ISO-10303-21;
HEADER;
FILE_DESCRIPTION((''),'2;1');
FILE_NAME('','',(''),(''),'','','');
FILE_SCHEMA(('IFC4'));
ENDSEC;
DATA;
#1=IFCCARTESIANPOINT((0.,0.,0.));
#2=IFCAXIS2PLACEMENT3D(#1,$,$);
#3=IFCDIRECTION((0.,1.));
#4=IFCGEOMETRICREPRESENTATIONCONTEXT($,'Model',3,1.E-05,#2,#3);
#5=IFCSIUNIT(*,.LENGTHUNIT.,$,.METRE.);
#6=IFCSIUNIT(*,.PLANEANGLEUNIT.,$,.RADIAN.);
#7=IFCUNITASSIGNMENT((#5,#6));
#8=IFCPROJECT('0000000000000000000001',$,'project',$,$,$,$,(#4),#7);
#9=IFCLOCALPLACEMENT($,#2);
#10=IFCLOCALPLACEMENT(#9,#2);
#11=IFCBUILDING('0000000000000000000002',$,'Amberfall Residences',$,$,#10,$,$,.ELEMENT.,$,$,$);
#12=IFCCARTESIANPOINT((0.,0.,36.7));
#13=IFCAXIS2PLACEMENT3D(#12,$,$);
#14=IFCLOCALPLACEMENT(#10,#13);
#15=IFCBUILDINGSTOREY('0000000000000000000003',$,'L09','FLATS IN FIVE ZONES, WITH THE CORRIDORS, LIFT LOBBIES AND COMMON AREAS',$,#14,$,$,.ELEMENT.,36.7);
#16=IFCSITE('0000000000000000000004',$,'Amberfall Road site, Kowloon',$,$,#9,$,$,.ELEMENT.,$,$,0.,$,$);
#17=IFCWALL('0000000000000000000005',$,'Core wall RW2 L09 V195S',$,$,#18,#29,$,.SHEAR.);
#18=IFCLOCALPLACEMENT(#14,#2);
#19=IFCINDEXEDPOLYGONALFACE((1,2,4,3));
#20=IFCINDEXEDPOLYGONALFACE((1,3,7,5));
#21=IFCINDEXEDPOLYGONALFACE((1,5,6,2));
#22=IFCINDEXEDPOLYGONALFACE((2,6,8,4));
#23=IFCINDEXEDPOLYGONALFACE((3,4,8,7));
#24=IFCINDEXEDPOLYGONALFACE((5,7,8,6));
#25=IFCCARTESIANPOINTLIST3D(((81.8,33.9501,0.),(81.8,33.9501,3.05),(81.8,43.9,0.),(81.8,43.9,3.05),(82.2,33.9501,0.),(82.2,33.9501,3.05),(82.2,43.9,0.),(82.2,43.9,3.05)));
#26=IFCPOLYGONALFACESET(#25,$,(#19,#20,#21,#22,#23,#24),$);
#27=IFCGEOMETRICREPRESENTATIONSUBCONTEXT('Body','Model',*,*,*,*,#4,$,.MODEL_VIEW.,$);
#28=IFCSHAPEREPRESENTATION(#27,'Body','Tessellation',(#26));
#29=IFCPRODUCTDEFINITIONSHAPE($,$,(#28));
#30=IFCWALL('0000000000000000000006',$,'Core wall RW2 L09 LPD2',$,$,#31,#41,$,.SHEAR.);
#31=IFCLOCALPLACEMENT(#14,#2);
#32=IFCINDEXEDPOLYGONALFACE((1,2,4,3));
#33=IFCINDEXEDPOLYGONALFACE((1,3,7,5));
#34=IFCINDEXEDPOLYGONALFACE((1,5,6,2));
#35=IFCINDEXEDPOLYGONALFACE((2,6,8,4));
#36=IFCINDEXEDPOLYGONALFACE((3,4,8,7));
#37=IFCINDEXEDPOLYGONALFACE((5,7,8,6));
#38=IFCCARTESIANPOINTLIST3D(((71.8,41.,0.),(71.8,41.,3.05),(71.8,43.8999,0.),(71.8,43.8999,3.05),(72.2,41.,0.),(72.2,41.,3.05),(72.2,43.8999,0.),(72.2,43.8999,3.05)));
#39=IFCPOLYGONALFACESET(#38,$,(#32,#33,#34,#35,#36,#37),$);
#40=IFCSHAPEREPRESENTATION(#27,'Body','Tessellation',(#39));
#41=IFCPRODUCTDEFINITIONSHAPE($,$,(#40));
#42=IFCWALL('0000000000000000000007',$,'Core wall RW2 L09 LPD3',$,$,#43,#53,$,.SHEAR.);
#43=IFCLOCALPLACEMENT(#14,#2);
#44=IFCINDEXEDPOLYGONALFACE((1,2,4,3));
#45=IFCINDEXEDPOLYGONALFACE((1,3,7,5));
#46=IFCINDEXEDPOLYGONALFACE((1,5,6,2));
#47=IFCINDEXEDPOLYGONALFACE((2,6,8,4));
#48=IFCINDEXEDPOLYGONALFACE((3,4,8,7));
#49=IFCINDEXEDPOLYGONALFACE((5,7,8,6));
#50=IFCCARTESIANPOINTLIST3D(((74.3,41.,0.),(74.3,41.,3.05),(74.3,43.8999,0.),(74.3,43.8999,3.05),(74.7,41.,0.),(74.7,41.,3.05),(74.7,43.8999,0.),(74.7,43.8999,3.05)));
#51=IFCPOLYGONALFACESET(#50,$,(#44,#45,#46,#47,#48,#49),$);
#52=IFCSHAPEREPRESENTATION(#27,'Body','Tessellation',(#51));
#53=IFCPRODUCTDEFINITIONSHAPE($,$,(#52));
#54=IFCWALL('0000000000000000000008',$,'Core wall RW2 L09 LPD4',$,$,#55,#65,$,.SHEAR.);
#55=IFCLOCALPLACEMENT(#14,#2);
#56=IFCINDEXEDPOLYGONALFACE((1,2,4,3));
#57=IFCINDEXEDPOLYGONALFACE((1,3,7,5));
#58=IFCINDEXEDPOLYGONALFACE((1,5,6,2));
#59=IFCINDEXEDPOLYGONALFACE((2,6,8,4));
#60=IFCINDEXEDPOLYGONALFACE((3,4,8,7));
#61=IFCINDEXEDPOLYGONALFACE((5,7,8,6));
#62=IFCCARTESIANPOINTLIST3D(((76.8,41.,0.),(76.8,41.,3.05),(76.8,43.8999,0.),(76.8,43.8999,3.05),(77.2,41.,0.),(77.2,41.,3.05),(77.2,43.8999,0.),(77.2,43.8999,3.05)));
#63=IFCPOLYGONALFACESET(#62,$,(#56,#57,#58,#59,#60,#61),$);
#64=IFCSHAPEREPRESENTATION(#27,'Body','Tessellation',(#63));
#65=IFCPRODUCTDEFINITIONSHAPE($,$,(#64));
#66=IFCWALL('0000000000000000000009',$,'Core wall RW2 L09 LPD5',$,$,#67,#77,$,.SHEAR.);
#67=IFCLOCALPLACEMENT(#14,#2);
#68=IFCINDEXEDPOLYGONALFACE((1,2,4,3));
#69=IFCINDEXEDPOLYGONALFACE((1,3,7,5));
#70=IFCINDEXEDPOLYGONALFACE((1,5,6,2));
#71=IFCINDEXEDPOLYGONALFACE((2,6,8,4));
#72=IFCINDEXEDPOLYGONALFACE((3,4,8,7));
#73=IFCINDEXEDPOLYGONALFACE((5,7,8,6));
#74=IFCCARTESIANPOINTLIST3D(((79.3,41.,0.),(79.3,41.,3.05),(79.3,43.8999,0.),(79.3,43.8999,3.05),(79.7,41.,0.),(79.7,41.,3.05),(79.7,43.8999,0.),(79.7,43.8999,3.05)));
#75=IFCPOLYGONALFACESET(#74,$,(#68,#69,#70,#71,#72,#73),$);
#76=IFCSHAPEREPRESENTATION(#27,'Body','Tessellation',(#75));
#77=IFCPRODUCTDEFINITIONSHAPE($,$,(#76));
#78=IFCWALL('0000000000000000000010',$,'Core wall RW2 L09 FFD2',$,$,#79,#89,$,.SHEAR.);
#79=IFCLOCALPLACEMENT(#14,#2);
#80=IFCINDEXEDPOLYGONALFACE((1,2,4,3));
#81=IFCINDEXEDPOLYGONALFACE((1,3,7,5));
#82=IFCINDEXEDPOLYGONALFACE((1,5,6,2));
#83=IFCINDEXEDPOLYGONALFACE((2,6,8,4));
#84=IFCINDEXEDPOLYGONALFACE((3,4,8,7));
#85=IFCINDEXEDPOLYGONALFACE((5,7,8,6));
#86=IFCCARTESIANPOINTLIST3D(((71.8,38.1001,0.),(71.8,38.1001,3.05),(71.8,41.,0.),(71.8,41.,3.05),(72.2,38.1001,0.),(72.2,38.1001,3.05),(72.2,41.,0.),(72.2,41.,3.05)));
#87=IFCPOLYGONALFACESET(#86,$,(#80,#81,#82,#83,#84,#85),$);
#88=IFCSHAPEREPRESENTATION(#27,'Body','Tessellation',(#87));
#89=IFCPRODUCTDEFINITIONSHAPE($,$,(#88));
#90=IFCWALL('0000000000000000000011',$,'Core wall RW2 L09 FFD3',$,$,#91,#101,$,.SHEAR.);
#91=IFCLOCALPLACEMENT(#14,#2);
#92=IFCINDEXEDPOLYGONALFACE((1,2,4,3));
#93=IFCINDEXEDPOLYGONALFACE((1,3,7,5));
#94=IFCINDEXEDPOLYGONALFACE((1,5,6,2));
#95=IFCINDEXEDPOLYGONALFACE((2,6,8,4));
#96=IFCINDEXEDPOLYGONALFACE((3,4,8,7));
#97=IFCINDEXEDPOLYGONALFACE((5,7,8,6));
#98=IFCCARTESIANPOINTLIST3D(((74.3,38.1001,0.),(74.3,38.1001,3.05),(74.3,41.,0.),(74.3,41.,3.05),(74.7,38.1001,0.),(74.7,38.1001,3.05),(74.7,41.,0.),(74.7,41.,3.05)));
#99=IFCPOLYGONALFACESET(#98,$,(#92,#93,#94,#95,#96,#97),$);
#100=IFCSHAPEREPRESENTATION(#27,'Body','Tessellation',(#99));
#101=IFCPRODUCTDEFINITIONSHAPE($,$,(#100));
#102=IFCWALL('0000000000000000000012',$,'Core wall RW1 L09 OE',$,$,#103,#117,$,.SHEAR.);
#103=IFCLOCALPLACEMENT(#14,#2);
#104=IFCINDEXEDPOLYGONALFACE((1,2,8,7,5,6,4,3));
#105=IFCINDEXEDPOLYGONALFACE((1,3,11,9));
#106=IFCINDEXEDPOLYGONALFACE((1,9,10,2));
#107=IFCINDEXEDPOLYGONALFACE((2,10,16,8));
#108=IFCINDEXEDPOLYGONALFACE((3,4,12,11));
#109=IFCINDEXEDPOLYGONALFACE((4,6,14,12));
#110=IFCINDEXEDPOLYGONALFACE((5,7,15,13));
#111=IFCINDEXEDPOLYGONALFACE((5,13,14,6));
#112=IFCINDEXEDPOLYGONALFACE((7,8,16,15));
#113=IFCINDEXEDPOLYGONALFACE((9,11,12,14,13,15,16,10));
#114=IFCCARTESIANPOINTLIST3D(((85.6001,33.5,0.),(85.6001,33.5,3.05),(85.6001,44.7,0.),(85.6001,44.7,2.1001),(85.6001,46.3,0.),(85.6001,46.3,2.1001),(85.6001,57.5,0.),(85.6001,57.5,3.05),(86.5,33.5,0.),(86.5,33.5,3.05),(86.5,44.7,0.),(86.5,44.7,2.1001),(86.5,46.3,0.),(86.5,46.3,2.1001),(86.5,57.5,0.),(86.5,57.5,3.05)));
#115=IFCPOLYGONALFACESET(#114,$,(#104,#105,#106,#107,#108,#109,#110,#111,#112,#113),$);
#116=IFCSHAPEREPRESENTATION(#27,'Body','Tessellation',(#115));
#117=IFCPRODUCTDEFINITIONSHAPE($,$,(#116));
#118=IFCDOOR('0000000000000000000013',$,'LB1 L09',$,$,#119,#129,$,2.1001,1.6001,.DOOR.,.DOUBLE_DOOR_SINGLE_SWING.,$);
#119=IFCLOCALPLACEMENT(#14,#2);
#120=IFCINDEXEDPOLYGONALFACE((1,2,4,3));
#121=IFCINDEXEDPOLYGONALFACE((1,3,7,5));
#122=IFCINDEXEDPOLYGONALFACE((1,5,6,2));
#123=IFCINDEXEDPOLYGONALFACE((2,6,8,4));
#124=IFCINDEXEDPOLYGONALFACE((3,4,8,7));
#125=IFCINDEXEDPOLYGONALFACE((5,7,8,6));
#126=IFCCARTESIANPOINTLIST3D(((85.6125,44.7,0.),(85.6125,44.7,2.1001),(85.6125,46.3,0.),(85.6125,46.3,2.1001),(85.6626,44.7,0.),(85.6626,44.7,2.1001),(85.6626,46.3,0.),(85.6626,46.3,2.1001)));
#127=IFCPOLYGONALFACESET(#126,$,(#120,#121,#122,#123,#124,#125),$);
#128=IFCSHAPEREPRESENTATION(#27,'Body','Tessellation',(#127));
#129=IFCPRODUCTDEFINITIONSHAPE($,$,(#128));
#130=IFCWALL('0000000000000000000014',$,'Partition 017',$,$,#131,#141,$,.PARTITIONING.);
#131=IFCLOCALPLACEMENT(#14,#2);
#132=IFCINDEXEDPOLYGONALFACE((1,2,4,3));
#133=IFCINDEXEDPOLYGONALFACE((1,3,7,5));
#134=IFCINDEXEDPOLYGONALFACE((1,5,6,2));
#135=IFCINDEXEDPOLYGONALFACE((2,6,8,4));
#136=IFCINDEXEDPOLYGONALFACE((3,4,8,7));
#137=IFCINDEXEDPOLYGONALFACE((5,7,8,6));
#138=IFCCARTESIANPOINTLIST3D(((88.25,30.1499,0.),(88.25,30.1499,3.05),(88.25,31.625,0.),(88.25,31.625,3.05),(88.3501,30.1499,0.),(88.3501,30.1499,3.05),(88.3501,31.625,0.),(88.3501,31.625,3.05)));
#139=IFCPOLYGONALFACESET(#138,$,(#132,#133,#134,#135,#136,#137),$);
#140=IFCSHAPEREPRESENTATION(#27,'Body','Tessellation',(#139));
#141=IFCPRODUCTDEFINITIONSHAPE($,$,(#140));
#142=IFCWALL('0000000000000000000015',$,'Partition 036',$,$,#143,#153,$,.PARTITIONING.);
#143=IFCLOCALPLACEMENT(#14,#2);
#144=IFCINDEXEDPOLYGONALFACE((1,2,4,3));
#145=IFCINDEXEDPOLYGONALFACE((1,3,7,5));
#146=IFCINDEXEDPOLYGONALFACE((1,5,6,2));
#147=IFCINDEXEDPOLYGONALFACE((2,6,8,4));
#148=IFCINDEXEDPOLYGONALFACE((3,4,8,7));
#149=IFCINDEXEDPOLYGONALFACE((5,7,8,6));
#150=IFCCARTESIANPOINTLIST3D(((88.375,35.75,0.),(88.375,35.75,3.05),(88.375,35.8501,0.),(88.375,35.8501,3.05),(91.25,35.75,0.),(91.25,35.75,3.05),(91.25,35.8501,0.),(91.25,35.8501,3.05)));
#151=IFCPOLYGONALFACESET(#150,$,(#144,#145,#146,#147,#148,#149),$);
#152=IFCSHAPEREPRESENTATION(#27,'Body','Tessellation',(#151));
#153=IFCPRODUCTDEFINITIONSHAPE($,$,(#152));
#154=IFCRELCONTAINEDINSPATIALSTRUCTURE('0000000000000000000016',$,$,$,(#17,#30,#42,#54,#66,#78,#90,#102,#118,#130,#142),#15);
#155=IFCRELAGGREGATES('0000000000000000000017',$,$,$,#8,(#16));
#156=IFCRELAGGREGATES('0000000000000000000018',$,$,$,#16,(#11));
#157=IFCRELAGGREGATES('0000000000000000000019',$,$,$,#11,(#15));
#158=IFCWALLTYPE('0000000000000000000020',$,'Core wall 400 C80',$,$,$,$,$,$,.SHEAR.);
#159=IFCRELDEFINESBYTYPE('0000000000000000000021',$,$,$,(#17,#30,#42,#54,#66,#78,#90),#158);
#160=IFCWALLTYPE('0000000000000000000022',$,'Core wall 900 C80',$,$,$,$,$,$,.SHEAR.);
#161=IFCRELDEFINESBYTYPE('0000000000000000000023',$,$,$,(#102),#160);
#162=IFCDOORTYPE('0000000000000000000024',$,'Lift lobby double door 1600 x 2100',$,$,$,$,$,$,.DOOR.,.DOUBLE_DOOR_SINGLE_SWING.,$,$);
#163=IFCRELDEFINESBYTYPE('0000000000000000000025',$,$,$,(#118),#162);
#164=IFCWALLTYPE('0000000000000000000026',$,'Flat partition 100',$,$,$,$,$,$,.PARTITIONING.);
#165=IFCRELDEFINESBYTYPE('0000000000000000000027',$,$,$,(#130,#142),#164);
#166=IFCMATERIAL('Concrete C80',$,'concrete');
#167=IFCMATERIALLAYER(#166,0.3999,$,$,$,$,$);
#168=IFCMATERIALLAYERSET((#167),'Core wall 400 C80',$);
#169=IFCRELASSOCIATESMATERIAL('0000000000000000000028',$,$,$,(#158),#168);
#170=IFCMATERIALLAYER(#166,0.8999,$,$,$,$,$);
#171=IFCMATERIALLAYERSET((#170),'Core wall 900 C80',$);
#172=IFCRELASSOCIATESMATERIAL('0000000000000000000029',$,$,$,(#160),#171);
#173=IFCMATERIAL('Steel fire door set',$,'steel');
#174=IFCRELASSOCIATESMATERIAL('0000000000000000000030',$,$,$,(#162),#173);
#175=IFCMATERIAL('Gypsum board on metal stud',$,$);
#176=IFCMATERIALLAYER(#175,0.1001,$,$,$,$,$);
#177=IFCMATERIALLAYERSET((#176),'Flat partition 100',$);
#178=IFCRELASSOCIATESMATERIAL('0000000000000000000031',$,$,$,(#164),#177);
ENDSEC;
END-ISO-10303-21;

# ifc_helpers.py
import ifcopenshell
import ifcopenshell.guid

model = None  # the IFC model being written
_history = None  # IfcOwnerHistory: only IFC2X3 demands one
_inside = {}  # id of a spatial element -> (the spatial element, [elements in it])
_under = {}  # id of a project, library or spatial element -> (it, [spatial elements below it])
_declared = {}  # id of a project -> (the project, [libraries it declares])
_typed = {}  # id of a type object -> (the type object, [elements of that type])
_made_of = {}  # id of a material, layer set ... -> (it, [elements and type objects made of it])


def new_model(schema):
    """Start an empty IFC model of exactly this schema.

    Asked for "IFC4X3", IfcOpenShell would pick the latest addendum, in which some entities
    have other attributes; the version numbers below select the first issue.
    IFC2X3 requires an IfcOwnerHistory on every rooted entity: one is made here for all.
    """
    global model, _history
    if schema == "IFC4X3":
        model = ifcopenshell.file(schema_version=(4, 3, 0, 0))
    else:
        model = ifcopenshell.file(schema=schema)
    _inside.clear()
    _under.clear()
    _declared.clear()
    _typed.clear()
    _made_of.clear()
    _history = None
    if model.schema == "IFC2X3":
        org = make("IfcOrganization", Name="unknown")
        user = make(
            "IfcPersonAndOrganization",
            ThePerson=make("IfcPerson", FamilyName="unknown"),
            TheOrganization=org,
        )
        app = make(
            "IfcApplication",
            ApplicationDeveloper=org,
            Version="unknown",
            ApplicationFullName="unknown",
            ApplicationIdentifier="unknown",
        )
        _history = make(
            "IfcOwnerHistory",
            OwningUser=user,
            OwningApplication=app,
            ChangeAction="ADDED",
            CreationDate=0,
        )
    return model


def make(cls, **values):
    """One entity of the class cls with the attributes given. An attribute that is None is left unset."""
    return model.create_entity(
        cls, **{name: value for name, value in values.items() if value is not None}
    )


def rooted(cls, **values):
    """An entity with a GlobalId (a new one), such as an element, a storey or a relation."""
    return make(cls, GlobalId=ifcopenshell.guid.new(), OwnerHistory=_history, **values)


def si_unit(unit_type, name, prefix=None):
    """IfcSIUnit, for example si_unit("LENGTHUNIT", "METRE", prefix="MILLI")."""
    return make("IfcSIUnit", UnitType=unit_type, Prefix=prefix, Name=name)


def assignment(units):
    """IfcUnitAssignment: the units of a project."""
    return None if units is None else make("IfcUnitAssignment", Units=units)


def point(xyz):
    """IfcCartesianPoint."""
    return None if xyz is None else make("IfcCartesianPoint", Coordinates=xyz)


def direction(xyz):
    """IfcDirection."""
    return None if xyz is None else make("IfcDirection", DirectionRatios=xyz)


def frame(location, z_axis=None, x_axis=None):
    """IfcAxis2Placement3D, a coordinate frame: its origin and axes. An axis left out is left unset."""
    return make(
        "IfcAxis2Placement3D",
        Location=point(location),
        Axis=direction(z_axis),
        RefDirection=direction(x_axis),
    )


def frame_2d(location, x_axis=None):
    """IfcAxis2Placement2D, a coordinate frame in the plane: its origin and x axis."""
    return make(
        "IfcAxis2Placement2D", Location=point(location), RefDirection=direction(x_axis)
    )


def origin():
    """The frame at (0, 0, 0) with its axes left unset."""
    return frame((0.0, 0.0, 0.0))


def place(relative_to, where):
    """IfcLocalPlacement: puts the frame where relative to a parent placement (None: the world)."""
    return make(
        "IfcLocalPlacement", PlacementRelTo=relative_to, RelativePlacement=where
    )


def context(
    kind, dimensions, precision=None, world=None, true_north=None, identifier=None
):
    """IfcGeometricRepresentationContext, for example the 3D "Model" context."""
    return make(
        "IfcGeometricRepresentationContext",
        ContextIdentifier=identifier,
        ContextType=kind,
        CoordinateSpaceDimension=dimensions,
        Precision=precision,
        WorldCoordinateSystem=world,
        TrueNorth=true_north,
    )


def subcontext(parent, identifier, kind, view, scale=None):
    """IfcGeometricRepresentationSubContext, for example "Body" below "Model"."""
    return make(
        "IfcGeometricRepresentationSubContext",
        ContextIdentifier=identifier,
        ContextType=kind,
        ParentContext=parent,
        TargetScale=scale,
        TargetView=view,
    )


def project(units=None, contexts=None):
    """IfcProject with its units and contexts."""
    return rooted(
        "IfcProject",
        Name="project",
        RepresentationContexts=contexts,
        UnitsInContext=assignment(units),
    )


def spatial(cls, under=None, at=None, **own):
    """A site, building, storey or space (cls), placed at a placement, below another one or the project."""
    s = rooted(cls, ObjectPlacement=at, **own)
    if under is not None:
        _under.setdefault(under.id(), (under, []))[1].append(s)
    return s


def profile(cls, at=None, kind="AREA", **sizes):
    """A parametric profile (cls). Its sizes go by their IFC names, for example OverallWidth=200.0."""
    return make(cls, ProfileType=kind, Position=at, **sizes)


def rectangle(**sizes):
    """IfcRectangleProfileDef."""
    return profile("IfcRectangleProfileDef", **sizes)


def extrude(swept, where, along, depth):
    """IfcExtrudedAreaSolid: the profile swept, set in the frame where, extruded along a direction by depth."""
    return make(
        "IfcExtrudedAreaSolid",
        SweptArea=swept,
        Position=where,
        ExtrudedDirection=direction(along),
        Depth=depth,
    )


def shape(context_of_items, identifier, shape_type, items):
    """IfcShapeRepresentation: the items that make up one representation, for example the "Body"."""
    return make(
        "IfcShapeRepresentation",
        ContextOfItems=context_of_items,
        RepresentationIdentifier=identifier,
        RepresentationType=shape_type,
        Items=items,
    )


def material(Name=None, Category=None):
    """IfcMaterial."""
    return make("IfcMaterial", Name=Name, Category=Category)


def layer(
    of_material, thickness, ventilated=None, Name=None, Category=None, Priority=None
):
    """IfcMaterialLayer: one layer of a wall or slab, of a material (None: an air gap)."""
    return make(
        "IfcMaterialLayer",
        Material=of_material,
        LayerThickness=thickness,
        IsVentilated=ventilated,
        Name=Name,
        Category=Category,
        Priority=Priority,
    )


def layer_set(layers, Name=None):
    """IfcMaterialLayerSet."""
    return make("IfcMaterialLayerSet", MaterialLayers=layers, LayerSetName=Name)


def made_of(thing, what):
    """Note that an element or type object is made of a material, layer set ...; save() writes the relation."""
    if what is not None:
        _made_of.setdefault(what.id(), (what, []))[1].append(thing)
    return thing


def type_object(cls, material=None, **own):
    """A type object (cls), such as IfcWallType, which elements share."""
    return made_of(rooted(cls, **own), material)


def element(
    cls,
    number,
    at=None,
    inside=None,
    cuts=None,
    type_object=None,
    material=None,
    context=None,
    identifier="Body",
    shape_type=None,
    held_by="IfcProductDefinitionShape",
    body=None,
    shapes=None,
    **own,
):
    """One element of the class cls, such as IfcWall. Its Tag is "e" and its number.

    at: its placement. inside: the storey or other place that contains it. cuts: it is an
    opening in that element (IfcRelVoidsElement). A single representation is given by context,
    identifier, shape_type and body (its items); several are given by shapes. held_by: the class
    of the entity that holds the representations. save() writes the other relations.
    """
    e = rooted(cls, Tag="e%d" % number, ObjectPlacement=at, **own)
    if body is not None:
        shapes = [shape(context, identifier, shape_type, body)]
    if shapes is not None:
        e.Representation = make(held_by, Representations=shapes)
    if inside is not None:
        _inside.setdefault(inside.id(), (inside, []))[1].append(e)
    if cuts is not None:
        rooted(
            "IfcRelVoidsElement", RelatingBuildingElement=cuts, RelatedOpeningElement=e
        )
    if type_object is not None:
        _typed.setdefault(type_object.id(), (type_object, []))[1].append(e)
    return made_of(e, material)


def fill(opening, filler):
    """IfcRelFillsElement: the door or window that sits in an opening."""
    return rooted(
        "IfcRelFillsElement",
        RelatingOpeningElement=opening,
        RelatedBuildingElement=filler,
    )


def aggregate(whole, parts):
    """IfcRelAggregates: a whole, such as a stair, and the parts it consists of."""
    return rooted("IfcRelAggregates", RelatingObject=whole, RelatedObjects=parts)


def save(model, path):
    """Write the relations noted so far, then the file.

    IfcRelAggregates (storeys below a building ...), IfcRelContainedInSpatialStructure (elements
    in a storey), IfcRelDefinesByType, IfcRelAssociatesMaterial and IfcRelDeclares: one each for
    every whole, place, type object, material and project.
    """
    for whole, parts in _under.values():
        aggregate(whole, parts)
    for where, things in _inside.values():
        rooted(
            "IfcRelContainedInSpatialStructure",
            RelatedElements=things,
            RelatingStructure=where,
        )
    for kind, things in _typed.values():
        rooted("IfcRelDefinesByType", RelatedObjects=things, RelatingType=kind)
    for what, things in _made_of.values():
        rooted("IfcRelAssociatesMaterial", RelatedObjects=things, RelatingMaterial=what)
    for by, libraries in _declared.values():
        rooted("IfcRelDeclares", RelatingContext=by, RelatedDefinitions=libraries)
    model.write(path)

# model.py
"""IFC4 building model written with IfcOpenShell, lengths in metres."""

from ifc_helpers import new_model, si_unit, direction, frame, frame_2d, origin, place, context, subcontext, project, spatial, rectangle, extrude, material, layer, layer_set, type_object, element, fill, save


model = new_model("IFC4")

# Units and contexts
model_context = context("Model", 3, precision=1e-05, world=origin(), true_north=direction((0.0, 1.0)))
body_context = subcontext(model_context, "Body", "Model", "MODEL_VIEW")
ifc_project = project(units=[si_unit("LENGTHUNIT", "METRE"), si_unit("PLANEANGLEUNIT", "RADIAN")], contexts=[model_context])

# Site, building, storey
site_placement = place(None, origin())
site = spatial("IfcSite", under=ifc_project, at=site_placement, Name="Amberfall Road site, Kowloon", CompositionType="ELEMENT", RefElevation=0.0)
building_placement = place(site_placement, origin())
building = spatial("IfcBuilding", under=site, at=building_placement, Name="Amberfall Residences", CompositionType="ELEMENT")
storey_placement = place(building_placement, frame((0.0, 0.0, 36.7)))
storey = spatial("IfcBuildingStorey", under=building, at=storey_placement, Name="L09", Description="FLATS IN FIVE ZONES, WITH THE CORRIDORS, LIFT LOBBIES AND COMMON AREAS", CompositionType="ELEMENT", Elevation=36.7)

# Walls
ifc_material_1 = material(Name="Concrete C80", Category="concrete")
ifc_layer_1 = layer(ifc_material_1, 0.3999)
ifc_layer_set_1 = layer_set([ifc_layer_1], Name="Core wall 400 C80")
wall_type_1 = type_object("IfcWallType", Name="Core wall 400 C80", PredefinedType="SHEAR", material=ifc_layer_set_1)
wall_1_placement = place(storey_placement, frame((82.0, 33.95, 0.0), z_axis=(0.0, 0.0, 1.0), x_axis=(0.0, 1.0, 0.0)))
element("IfcWall", 1, at=wall_1_placement, inside=storey, type_object=wall_type_1, Name="Core wall RW2 L09 V195S", PredefinedType="SHEAR", context=body_context, shape_type="SweptSolid", body=[
    extrude(rectangle(XDim=9.95, YDim=0.3999, at=frame_2d((4.9751, 0.0))), origin(), (0.0, 0.0, 1.0), 3.05),
])
for number, where, z_axis, x_axis, name in (
    (2, (72.0, 41.0, 0.0), (0.0, 0.0, 1.0), (0.0, 1.0, 0.0), "Core wall RW2 L09 LPD2"),
    (3, (74.5, 41.0, 0.0), (0.0, 0.0, 1.0), (0.0, 1.0, 0.0), "Core wall RW2 L09 LPD3"),
    (4, (77.0, 41.0, 0.0), (0.0, 0.0, 1.0), (0.0, 1.0, 0.0), "Core wall RW2 L09 LPD4"),
    (5, (79.5, 41.0, 0.0), (0.0, 0.0, 1.0), (0.0, 1.0, 0.0), "Core wall RW2 L09 LPD5"),
    (6, (72.0, 38.1001, 0.0), (0.0, 0.0, 1.0), (0.0, 1.0, 0.0), "Core wall RW2 L09 FFD2"),
    (7, (74.5, 38.1001, 0.0), (0.0, 0.0, 1.0), (0.0, 1.0, 0.0), "Core wall RW2 L09 FFD3"),
):
    element("IfcWall", number, at=place(storey_placement, frame(where, z_axis=z_axis, x_axis=x_axis)), inside=storey, type_object=wall_type_1, Name=name, PredefinedType="SHEAR", context=body_context, shape_type="SweptSolid", body=[
        extrude(rectangle(XDim=2.8999, YDim=0.3999, at=frame_2d((1.45, 0.0))), origin(), (0.0, 0.0, 1.0), 3.05),
    ])

# Wall, opening, door
ifc_layer_2 = layer(ifc_material_1, 0.8999)
ifc_layer_set_2 = layer_set([ifc_layer_2], Name="Core wall 900 C80")
wall_type_2 = type_object("IfcWallType", Name="Core wall 900 C80", PredefinedType="SHEAR", material=ifc_layer_set_2)
wall_2_placement = place(storey_placement, frame((86.05, 33.5, 0.0), z_axis=(0.0, 0.0, 1.0), x_axis=(0.0, 1.0, 0.0)))
wall_2 = element("IfcWall", 8, at=wall_2_placement, inside=storey, type_object=wall_type_2, Name="Core wall RW1 L09 OE", PredefinedType="SHEAR", context=body_context, shape_type="SweptSolid", body=[
    extrude(rectangle(XDim=24.0, YDim=0.8999, at=frame_2d((12.0, 0.0))), origin(), (0.0, 0.0, 1.0), 3.05),
])
opening_1_placement = place(wall_2_placement, frame((11.2, 0.0, 0.0)))
opening_1 = element("IfcOpeningElement", 9, at=opening_1_placement, cuts=wall_2, PredefinedType="OPENING", context=body_context, shape_type="SweptSolid", body=[
    extrude(rectangle(XDim=1.6001, YDim=2.1001, at=frame_2d((0.8, 1.05))), frame((0.0, 0.46, 0.0), z_axis=(0.0, -1.0, 0.0), x_axis=(1.0, 0.0, 0.0)), (0.0, 0.0, 1.0), 0.9199),
])
ifc_material_2 = material(Name="Steel fire door set", Category="steel")
door_type_1 = type_object("IfcDoorType", Name="Lift lobby double door 1600 x 2100", OperationType="DOUBLE_DOOR_SINGLE_SWING", PredefinedType="DOOR", material=ifc_material_2)
door_1_placement = place(opening_1_placement, origin())
door_1 = element("IfcDoor", 10, at=door_1_placement, inside=storey, type_object=door_type_1, Name="LB1 L09", OperationType="DOUBLE_DOOR_SINGLE_SWING", OverallHeight=2.1001, OverallWidth=1.6001, PredefinedType="DOOR", context=body_context, shape_type="SweptSolid", body=[
    extrude(rectangle(XDim=1.6001, YDim=2.1001, at=frame_2d((0.8, 1.05))), frame((0.0, 0.4375, 0.0), z_axis=(0.0, -1.0, 0.0), x_axis=(1.0, 0.0, 0.0)), (0.0, 0.0, 1.0), 0.05),
])
fill(opening_1, door_1)

# Walls
ifc_material_3 = material(Name="Gypsum board on metal stud")
ifc_layer_3 = layer(ifc_material_3, 0.1001)
ifc_layer_set_3 = layer_set([ifc_layer_3], Name="Flat partition 100")
wall_type_3 = type_object("IfcWallType", Name="Flat partition 100", PredefinedType="PARTITIONING", material=ifc_layer_set_3)
wall_3_placement = place(storey_placement, frame((88.3, 30.1499, 0.0), z_axis=(0.0, 0.0, 1.0), x_axis=(0.0, 1.0, 0.0)))
element("IfcWall", 11, at=wall_3_placement, inside=storey, type_object=wall_type_3, Name="Partition 017", PredefinedType="PARTITIONING", context=body_context, shape_type="SweptSolid", body=[
    extrude(rectangle(XDim=1.4751, YDim=0.1001, at=frame_2d((0.7375, 0.0))), origin(), (0.0, 0.0, 1.0), 3.05),
])
wall_4_placement = place(storey_placement, frame((88.375, 35.8, 0.0), z_axis=(0.0, 0.0, 1.0), x_axis=(1.0, 0.0, 0.0)))
element("IfcWall", 12, at=wall_4_placement, inside=storey, type_object=wall_type_3, Name="Partition 036", PredefinedType="PARTITIONING", context=body_context, shape_type="SweptSolid", body=[
    extrude(rectangle(XDim=2.875, YDim=0.1001, at=frame_2d((1.4375, 0.0))), origin(), (0.0, 0.0, 1.0), 3.05),
])

save(model, "model.ifc")
